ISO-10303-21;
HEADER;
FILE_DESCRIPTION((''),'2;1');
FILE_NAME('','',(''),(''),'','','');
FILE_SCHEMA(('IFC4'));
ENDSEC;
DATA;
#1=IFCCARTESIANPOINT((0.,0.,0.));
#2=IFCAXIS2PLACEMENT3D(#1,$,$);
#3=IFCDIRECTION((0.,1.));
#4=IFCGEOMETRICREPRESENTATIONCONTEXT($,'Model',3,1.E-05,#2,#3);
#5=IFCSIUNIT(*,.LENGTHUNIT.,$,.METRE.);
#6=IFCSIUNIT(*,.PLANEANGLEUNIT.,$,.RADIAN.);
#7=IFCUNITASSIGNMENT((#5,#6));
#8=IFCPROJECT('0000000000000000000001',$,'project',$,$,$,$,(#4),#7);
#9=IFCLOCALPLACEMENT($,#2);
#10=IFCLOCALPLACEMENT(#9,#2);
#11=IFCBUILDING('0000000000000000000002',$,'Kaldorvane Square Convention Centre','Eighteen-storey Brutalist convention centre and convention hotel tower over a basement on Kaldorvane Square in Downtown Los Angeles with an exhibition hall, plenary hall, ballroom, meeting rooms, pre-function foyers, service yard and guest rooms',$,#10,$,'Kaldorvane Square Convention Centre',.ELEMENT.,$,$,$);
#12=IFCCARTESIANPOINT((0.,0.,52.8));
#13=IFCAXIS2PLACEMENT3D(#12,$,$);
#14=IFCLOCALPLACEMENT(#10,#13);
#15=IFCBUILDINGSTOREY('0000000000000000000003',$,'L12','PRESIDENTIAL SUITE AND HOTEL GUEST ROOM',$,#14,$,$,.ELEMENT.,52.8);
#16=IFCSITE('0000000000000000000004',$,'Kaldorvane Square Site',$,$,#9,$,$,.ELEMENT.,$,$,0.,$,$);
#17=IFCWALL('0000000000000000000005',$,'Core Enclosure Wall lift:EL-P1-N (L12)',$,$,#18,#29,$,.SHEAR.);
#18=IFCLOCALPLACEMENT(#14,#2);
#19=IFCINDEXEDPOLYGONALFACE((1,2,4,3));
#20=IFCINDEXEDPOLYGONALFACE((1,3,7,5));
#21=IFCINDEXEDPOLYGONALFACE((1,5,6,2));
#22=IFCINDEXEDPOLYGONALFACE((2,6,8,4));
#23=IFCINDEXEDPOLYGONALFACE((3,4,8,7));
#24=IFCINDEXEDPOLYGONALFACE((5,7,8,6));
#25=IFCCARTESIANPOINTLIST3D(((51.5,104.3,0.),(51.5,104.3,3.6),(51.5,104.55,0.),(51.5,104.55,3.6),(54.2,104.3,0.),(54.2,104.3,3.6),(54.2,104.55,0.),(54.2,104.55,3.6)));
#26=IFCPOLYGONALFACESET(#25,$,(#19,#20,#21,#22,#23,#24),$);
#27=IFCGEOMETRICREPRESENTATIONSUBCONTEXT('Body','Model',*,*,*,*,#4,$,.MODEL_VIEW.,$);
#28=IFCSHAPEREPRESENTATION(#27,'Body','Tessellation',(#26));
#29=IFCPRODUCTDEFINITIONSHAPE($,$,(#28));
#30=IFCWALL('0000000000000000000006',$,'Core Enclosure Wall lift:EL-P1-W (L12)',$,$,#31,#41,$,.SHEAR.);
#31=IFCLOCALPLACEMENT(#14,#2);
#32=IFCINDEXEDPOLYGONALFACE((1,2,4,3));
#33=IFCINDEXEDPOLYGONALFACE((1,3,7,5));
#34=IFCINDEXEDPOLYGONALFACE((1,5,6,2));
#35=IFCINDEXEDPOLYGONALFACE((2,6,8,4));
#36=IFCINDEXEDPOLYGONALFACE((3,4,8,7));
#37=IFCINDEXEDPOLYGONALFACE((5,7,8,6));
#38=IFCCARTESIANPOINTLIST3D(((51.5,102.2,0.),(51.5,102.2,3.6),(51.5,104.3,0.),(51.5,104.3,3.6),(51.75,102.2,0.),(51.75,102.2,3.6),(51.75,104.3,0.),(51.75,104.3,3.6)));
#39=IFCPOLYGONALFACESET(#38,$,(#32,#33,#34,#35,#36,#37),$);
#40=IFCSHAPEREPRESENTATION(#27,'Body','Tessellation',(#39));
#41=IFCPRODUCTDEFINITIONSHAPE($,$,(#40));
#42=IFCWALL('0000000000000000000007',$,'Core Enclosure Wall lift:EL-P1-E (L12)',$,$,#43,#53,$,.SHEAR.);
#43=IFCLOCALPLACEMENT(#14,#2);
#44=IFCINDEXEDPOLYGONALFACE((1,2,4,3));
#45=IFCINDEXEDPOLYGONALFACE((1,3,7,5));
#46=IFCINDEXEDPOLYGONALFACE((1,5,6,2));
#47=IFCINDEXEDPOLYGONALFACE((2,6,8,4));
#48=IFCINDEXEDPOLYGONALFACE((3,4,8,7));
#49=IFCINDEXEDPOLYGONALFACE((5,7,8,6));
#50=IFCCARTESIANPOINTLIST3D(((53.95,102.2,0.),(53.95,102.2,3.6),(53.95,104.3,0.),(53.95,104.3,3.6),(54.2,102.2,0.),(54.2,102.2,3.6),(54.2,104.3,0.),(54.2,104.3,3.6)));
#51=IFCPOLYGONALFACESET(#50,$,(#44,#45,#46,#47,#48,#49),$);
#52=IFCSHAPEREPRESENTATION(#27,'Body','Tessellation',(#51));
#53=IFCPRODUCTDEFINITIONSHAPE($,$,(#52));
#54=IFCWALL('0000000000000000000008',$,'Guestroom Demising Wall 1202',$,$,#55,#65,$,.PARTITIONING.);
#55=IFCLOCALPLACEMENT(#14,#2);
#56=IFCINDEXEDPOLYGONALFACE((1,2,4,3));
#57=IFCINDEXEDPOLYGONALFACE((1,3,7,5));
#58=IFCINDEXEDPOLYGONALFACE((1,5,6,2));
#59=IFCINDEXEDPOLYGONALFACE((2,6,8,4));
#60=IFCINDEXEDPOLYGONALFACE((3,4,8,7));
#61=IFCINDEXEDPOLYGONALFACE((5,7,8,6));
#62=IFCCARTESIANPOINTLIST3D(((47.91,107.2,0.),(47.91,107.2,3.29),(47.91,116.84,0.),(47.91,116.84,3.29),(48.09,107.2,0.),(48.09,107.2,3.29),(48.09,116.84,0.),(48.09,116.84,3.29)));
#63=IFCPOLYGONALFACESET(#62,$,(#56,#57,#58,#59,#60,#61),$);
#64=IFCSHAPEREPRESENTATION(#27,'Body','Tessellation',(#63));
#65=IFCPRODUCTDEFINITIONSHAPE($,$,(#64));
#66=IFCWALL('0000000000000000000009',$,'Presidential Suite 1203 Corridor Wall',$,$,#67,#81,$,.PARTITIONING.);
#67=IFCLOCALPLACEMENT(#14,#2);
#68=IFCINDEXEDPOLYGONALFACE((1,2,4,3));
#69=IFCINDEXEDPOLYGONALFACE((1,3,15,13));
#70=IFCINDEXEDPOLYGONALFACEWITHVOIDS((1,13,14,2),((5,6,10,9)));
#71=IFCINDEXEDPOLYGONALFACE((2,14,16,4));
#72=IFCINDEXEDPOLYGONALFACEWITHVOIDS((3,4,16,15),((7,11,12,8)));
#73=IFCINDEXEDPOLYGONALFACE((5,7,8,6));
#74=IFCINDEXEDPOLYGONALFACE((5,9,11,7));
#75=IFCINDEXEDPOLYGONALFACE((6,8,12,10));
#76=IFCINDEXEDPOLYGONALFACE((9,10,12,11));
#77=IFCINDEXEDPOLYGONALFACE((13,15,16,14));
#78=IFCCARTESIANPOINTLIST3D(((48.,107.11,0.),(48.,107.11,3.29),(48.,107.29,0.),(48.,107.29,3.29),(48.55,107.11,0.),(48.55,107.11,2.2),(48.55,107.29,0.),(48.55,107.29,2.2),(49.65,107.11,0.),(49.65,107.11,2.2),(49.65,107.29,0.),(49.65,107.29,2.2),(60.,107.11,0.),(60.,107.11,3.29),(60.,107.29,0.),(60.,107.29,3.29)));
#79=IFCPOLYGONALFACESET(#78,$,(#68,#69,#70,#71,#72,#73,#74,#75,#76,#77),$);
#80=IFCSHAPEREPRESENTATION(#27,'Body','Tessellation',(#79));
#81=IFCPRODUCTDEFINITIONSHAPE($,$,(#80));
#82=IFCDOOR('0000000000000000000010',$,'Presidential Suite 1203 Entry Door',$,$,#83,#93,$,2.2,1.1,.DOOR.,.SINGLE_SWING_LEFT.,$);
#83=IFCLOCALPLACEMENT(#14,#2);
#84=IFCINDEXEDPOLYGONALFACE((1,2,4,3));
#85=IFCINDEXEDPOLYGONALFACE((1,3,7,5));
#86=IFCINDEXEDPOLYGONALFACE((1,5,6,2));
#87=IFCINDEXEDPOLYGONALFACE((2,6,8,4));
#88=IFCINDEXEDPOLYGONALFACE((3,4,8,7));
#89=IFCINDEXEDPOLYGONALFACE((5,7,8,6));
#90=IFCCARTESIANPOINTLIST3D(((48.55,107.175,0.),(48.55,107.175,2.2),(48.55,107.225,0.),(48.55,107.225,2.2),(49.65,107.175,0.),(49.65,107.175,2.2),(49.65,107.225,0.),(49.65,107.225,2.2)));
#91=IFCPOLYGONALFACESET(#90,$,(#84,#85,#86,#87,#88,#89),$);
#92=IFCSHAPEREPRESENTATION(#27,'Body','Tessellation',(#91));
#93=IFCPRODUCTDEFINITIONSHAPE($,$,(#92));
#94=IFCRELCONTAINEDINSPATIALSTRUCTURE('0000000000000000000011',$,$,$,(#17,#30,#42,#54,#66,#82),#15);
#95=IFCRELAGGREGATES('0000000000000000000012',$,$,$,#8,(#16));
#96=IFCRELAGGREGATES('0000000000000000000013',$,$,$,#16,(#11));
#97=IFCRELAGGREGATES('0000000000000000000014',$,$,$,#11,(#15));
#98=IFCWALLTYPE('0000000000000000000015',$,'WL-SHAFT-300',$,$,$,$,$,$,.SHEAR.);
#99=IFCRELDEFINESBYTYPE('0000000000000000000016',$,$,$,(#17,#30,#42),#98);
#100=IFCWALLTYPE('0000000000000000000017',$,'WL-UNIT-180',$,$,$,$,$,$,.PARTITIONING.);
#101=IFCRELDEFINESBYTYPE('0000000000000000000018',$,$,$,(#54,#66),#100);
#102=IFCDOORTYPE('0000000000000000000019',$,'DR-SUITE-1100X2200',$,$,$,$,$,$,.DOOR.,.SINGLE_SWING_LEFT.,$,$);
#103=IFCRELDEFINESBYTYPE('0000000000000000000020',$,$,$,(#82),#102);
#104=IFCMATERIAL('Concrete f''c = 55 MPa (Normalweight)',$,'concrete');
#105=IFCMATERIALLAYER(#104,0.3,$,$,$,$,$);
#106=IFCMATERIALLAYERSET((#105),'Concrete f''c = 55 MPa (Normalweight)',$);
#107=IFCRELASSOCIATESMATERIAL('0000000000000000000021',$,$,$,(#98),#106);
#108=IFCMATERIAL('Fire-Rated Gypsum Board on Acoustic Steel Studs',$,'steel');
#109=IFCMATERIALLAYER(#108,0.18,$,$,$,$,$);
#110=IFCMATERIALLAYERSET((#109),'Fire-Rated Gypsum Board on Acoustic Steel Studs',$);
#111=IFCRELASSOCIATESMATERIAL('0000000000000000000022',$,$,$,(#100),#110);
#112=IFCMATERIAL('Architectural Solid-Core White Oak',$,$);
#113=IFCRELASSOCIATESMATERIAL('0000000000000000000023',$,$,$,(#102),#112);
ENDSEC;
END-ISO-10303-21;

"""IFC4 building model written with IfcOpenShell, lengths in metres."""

from ifc_helpers import new_model, si_unit, direction, frame, frame_2d, origin, place, context, subcontext, project, spatial, rectangle, extrude, material, layer, layer_set, type_object, element, fill, save


model = new_model("IFC4")

# Units and contexts
model_context = context("Model", 3, precision=1e-05, world=origin(), true_north=direction((0.0, 1.0)))
body_context = subcontext(model_context, "Body", "Model", "MODEL_VIEW")
ifc_project = project(units=[si_unit("LENGTHUNIT", "METRE"), si_unit("PLANEANGLEUNIT", "RADIAN")], contexts=[model_context])

# Site, building, storey
site_placement = place(None, origin())
site = spatial("IfcSite", under=ifc_project, at=site_placement, Name="Kaldorvane Square Site", CompositionType="ELEMENT", RefElevation=0.0)
building_placement = place(site_placement, origin())
building = spatial("IfcBuilding", under=site, at=building_placement, Name="Kaldorvane Square Convention Centre", Description="Eighteen-storey Brutalist convention centre and convention hotel tower over a basement on Kaldorvane Square in Downtown Los Angeles with an exhibition hall, plenary hall, ballroom, meeting rooms, pre-function foyers, service yard and guest rooms", LongName="Kaldorvane Square Convention Centre", CompositionType="ELEMENT")
storey_placement = place(building_placement, frame((0.0, 0.0, 52.8)))
storey = spatial("IfcBuildingStorey", under=building, at=storey_placement, Name="L12", Description="PRESIDENTIAL SUITE AND HOTEL GUEST ROOM", CompositionType="ELEMENT", Elevation=52.8)

# Walls
ifc_material_1 = material(Name="Concrete f'c = 55 MPa (Normalweight)", Category="concrete")
ifc_layer_1 = layer(ifc_material_1, 0.3)
ifc_layer_set_1 = layer_set([ifc_layer_1], Name="Concrete f'c = 55 MPa (Normalweight)")
wall_type_1 = type_object("IfcWallType", Name="WL-SHAFT-300", PredefinedType="SHEAR", material=ifc_layer_set_1)
wall_1_placement = place(storey_placement, frame((54.2, 104.425, 0.0), z_axis=(0.0, 0.0, 1.0), x_axis=(-1.0, 0.0, 0.0)))
element("IfcWall", 1, at=wall_1_placement, inside=storey, type_object=wall_type_1, Name="Core Enclosure Wall lift:EL-P1-N (L12)", PredefinedType="SHEAR", context=body_context, shape_type="SweptSolid", body=[
    extrude(rectangle(XDim=2.7, YDim=0.25, at=frame_2d((1.35, 0.0))), origin(), (0.0, 0.0, 1.0), 3.6),
])
for number, where, z_axis, x_axis, name in (
    (2, (51.625, 104.3, 0.0), (0.0, 0.0, 1.0), (0.0, -1.0, 0.0), "Core Enclosure Wall lift:EL-P1-W (L12)"),
    (3, (54.075, 102.2, 0.0), (0.0, 0.0, 1.0), (0.0, 1.0, 0.0), "Core Enclosure Wall lift:EL-P1-E (L12)"),
):
    element("IfcWall", number, at=place(storey_placement, frame(where, z_axis=z_axis, x_axis=x_axis)), inside=storey, type_object=wall_type_1, Name=name, PredefinedType="SHEAR", context=body_context, shape_type="SweptSolid", body=[
        extrude(rectangle(XDim=2.1, YDim=0.25, at=frame_2d((1.05, 0.0))), origin(), (0.0, 0.0, 1.0), 3.6),
    ])

# Wall
ifc_material_2 = material(Name="Fire-Rated Gypsum Board on Acoustic Steel Studs", Category="steel")
ifc_layer_2 = layer(ifc_material_2, 0.18)
ifc_layer_set_2 = layer_set([ifc_layer_2], Name="Fire-Rated Gypsum Board on Acoustic Steel Studs")
wall_type_2 = type_object("IfcWallType", Name="WL-UNIT-180", PredefinedType="PARTITIONING", material=ifc_layer_set_2)
wall_2_placement = place(storey_placement, frame((48.0, 107.2, 0.0), z_axis=(0.0, 0.0, 1.0), x_axis=(0.0, 1.0, 0.0)))
element("IfcWall", 4, at=wall_2_placement, inside=storey, type_object=wall_type_2, Name="Guestroom Demising Wall 1202", PredefinedType="PARTITIONING", context=body_context, shape_type="SweptSolid", body=[
    extrude(rectangle(XDim=9.64, YDim=0.18, at=frame_2d((4.82, 0.0))), origin(), (0.0, 0.0, 1.0), 3.29),
])

# Wall, opening, door
wall_3_placement = place(storey_placement, frame((48.0, 107.2, 0.0), z_axis=(0.0, 0.0, 1.0), x_axis=(1.0, 0.0, 0.0)))
wall_3 = element("IfcWall", 5, at=wall_3_placement, inside=storey, type_object=wall_type_2, Name="Presidential Suite 1203 Corridor Wall", PredefinedType="PARTITIONING", context=body_context, shape_type="SweptSolid", body=[
    extrude(rectangle(XDim=12.0, YDim=0.18, at=frame_2d((6.0, 0.0))), origin(), (0.0, 0.0, 1.0), 3.29),
])
opening_1_placement = place(wall_3_placement, frame((0.55, 0.0, 0.0)))
opening_1 = element("IfcOpeningElement", 6, at=opening_1_placement, cuts=wall_3, PredefinedType="OPENING", context=body_context, shape_type="SweptSolid", body=[
    extrude(rectangle(XDim=1.1, YDim=2.2, at=frame_2d((0.55, 1.1))), frame((0.0, 0.105, 0.0), z_axis=(0.0, -1.0, 0.0), x_axis=(1.0, 0.0, 0.0)), (0.0, 0.0, 1.0), 0.21),
])
ifc_material_3 = material(Name="Architectural Solid-Core White Oak")
door_type_1 = type_object("IfcDoorType", Name="DR-SUITE-1100X2200", OperationType="SINGLE_SWING_LEFT", PredefinedType="DOOR", material=ifc_material_3)
door_1_placement = place(opening_1_placement, origin())
door_1 = element("IfcDoor", 7, at=door_1_placement, inside=storey, type_object=door_type_1, Name="Presidential Suite 1203 Entry Door", OperationType="SINGLE_SWING_LEFT", OverallHeight=2.2, OverallWidth=1.1, PredefinedType="DOOR", context=body_context, shape_type="SweptSolid", body=[
    extrude(rectangle(XDim=1.1, YDim=2.2, at=frame_2d((0.55, 1.1))), frame((0.0, 0.025, 0.0), z_axis=(0.0, -1.0, 0.0), x_axis=(1.0, 0.0, 0.0)), (0.0, 0.0, 1.0), 0.05),
])
fill(opening_1, door_1)

save(model, "model.ifc")
